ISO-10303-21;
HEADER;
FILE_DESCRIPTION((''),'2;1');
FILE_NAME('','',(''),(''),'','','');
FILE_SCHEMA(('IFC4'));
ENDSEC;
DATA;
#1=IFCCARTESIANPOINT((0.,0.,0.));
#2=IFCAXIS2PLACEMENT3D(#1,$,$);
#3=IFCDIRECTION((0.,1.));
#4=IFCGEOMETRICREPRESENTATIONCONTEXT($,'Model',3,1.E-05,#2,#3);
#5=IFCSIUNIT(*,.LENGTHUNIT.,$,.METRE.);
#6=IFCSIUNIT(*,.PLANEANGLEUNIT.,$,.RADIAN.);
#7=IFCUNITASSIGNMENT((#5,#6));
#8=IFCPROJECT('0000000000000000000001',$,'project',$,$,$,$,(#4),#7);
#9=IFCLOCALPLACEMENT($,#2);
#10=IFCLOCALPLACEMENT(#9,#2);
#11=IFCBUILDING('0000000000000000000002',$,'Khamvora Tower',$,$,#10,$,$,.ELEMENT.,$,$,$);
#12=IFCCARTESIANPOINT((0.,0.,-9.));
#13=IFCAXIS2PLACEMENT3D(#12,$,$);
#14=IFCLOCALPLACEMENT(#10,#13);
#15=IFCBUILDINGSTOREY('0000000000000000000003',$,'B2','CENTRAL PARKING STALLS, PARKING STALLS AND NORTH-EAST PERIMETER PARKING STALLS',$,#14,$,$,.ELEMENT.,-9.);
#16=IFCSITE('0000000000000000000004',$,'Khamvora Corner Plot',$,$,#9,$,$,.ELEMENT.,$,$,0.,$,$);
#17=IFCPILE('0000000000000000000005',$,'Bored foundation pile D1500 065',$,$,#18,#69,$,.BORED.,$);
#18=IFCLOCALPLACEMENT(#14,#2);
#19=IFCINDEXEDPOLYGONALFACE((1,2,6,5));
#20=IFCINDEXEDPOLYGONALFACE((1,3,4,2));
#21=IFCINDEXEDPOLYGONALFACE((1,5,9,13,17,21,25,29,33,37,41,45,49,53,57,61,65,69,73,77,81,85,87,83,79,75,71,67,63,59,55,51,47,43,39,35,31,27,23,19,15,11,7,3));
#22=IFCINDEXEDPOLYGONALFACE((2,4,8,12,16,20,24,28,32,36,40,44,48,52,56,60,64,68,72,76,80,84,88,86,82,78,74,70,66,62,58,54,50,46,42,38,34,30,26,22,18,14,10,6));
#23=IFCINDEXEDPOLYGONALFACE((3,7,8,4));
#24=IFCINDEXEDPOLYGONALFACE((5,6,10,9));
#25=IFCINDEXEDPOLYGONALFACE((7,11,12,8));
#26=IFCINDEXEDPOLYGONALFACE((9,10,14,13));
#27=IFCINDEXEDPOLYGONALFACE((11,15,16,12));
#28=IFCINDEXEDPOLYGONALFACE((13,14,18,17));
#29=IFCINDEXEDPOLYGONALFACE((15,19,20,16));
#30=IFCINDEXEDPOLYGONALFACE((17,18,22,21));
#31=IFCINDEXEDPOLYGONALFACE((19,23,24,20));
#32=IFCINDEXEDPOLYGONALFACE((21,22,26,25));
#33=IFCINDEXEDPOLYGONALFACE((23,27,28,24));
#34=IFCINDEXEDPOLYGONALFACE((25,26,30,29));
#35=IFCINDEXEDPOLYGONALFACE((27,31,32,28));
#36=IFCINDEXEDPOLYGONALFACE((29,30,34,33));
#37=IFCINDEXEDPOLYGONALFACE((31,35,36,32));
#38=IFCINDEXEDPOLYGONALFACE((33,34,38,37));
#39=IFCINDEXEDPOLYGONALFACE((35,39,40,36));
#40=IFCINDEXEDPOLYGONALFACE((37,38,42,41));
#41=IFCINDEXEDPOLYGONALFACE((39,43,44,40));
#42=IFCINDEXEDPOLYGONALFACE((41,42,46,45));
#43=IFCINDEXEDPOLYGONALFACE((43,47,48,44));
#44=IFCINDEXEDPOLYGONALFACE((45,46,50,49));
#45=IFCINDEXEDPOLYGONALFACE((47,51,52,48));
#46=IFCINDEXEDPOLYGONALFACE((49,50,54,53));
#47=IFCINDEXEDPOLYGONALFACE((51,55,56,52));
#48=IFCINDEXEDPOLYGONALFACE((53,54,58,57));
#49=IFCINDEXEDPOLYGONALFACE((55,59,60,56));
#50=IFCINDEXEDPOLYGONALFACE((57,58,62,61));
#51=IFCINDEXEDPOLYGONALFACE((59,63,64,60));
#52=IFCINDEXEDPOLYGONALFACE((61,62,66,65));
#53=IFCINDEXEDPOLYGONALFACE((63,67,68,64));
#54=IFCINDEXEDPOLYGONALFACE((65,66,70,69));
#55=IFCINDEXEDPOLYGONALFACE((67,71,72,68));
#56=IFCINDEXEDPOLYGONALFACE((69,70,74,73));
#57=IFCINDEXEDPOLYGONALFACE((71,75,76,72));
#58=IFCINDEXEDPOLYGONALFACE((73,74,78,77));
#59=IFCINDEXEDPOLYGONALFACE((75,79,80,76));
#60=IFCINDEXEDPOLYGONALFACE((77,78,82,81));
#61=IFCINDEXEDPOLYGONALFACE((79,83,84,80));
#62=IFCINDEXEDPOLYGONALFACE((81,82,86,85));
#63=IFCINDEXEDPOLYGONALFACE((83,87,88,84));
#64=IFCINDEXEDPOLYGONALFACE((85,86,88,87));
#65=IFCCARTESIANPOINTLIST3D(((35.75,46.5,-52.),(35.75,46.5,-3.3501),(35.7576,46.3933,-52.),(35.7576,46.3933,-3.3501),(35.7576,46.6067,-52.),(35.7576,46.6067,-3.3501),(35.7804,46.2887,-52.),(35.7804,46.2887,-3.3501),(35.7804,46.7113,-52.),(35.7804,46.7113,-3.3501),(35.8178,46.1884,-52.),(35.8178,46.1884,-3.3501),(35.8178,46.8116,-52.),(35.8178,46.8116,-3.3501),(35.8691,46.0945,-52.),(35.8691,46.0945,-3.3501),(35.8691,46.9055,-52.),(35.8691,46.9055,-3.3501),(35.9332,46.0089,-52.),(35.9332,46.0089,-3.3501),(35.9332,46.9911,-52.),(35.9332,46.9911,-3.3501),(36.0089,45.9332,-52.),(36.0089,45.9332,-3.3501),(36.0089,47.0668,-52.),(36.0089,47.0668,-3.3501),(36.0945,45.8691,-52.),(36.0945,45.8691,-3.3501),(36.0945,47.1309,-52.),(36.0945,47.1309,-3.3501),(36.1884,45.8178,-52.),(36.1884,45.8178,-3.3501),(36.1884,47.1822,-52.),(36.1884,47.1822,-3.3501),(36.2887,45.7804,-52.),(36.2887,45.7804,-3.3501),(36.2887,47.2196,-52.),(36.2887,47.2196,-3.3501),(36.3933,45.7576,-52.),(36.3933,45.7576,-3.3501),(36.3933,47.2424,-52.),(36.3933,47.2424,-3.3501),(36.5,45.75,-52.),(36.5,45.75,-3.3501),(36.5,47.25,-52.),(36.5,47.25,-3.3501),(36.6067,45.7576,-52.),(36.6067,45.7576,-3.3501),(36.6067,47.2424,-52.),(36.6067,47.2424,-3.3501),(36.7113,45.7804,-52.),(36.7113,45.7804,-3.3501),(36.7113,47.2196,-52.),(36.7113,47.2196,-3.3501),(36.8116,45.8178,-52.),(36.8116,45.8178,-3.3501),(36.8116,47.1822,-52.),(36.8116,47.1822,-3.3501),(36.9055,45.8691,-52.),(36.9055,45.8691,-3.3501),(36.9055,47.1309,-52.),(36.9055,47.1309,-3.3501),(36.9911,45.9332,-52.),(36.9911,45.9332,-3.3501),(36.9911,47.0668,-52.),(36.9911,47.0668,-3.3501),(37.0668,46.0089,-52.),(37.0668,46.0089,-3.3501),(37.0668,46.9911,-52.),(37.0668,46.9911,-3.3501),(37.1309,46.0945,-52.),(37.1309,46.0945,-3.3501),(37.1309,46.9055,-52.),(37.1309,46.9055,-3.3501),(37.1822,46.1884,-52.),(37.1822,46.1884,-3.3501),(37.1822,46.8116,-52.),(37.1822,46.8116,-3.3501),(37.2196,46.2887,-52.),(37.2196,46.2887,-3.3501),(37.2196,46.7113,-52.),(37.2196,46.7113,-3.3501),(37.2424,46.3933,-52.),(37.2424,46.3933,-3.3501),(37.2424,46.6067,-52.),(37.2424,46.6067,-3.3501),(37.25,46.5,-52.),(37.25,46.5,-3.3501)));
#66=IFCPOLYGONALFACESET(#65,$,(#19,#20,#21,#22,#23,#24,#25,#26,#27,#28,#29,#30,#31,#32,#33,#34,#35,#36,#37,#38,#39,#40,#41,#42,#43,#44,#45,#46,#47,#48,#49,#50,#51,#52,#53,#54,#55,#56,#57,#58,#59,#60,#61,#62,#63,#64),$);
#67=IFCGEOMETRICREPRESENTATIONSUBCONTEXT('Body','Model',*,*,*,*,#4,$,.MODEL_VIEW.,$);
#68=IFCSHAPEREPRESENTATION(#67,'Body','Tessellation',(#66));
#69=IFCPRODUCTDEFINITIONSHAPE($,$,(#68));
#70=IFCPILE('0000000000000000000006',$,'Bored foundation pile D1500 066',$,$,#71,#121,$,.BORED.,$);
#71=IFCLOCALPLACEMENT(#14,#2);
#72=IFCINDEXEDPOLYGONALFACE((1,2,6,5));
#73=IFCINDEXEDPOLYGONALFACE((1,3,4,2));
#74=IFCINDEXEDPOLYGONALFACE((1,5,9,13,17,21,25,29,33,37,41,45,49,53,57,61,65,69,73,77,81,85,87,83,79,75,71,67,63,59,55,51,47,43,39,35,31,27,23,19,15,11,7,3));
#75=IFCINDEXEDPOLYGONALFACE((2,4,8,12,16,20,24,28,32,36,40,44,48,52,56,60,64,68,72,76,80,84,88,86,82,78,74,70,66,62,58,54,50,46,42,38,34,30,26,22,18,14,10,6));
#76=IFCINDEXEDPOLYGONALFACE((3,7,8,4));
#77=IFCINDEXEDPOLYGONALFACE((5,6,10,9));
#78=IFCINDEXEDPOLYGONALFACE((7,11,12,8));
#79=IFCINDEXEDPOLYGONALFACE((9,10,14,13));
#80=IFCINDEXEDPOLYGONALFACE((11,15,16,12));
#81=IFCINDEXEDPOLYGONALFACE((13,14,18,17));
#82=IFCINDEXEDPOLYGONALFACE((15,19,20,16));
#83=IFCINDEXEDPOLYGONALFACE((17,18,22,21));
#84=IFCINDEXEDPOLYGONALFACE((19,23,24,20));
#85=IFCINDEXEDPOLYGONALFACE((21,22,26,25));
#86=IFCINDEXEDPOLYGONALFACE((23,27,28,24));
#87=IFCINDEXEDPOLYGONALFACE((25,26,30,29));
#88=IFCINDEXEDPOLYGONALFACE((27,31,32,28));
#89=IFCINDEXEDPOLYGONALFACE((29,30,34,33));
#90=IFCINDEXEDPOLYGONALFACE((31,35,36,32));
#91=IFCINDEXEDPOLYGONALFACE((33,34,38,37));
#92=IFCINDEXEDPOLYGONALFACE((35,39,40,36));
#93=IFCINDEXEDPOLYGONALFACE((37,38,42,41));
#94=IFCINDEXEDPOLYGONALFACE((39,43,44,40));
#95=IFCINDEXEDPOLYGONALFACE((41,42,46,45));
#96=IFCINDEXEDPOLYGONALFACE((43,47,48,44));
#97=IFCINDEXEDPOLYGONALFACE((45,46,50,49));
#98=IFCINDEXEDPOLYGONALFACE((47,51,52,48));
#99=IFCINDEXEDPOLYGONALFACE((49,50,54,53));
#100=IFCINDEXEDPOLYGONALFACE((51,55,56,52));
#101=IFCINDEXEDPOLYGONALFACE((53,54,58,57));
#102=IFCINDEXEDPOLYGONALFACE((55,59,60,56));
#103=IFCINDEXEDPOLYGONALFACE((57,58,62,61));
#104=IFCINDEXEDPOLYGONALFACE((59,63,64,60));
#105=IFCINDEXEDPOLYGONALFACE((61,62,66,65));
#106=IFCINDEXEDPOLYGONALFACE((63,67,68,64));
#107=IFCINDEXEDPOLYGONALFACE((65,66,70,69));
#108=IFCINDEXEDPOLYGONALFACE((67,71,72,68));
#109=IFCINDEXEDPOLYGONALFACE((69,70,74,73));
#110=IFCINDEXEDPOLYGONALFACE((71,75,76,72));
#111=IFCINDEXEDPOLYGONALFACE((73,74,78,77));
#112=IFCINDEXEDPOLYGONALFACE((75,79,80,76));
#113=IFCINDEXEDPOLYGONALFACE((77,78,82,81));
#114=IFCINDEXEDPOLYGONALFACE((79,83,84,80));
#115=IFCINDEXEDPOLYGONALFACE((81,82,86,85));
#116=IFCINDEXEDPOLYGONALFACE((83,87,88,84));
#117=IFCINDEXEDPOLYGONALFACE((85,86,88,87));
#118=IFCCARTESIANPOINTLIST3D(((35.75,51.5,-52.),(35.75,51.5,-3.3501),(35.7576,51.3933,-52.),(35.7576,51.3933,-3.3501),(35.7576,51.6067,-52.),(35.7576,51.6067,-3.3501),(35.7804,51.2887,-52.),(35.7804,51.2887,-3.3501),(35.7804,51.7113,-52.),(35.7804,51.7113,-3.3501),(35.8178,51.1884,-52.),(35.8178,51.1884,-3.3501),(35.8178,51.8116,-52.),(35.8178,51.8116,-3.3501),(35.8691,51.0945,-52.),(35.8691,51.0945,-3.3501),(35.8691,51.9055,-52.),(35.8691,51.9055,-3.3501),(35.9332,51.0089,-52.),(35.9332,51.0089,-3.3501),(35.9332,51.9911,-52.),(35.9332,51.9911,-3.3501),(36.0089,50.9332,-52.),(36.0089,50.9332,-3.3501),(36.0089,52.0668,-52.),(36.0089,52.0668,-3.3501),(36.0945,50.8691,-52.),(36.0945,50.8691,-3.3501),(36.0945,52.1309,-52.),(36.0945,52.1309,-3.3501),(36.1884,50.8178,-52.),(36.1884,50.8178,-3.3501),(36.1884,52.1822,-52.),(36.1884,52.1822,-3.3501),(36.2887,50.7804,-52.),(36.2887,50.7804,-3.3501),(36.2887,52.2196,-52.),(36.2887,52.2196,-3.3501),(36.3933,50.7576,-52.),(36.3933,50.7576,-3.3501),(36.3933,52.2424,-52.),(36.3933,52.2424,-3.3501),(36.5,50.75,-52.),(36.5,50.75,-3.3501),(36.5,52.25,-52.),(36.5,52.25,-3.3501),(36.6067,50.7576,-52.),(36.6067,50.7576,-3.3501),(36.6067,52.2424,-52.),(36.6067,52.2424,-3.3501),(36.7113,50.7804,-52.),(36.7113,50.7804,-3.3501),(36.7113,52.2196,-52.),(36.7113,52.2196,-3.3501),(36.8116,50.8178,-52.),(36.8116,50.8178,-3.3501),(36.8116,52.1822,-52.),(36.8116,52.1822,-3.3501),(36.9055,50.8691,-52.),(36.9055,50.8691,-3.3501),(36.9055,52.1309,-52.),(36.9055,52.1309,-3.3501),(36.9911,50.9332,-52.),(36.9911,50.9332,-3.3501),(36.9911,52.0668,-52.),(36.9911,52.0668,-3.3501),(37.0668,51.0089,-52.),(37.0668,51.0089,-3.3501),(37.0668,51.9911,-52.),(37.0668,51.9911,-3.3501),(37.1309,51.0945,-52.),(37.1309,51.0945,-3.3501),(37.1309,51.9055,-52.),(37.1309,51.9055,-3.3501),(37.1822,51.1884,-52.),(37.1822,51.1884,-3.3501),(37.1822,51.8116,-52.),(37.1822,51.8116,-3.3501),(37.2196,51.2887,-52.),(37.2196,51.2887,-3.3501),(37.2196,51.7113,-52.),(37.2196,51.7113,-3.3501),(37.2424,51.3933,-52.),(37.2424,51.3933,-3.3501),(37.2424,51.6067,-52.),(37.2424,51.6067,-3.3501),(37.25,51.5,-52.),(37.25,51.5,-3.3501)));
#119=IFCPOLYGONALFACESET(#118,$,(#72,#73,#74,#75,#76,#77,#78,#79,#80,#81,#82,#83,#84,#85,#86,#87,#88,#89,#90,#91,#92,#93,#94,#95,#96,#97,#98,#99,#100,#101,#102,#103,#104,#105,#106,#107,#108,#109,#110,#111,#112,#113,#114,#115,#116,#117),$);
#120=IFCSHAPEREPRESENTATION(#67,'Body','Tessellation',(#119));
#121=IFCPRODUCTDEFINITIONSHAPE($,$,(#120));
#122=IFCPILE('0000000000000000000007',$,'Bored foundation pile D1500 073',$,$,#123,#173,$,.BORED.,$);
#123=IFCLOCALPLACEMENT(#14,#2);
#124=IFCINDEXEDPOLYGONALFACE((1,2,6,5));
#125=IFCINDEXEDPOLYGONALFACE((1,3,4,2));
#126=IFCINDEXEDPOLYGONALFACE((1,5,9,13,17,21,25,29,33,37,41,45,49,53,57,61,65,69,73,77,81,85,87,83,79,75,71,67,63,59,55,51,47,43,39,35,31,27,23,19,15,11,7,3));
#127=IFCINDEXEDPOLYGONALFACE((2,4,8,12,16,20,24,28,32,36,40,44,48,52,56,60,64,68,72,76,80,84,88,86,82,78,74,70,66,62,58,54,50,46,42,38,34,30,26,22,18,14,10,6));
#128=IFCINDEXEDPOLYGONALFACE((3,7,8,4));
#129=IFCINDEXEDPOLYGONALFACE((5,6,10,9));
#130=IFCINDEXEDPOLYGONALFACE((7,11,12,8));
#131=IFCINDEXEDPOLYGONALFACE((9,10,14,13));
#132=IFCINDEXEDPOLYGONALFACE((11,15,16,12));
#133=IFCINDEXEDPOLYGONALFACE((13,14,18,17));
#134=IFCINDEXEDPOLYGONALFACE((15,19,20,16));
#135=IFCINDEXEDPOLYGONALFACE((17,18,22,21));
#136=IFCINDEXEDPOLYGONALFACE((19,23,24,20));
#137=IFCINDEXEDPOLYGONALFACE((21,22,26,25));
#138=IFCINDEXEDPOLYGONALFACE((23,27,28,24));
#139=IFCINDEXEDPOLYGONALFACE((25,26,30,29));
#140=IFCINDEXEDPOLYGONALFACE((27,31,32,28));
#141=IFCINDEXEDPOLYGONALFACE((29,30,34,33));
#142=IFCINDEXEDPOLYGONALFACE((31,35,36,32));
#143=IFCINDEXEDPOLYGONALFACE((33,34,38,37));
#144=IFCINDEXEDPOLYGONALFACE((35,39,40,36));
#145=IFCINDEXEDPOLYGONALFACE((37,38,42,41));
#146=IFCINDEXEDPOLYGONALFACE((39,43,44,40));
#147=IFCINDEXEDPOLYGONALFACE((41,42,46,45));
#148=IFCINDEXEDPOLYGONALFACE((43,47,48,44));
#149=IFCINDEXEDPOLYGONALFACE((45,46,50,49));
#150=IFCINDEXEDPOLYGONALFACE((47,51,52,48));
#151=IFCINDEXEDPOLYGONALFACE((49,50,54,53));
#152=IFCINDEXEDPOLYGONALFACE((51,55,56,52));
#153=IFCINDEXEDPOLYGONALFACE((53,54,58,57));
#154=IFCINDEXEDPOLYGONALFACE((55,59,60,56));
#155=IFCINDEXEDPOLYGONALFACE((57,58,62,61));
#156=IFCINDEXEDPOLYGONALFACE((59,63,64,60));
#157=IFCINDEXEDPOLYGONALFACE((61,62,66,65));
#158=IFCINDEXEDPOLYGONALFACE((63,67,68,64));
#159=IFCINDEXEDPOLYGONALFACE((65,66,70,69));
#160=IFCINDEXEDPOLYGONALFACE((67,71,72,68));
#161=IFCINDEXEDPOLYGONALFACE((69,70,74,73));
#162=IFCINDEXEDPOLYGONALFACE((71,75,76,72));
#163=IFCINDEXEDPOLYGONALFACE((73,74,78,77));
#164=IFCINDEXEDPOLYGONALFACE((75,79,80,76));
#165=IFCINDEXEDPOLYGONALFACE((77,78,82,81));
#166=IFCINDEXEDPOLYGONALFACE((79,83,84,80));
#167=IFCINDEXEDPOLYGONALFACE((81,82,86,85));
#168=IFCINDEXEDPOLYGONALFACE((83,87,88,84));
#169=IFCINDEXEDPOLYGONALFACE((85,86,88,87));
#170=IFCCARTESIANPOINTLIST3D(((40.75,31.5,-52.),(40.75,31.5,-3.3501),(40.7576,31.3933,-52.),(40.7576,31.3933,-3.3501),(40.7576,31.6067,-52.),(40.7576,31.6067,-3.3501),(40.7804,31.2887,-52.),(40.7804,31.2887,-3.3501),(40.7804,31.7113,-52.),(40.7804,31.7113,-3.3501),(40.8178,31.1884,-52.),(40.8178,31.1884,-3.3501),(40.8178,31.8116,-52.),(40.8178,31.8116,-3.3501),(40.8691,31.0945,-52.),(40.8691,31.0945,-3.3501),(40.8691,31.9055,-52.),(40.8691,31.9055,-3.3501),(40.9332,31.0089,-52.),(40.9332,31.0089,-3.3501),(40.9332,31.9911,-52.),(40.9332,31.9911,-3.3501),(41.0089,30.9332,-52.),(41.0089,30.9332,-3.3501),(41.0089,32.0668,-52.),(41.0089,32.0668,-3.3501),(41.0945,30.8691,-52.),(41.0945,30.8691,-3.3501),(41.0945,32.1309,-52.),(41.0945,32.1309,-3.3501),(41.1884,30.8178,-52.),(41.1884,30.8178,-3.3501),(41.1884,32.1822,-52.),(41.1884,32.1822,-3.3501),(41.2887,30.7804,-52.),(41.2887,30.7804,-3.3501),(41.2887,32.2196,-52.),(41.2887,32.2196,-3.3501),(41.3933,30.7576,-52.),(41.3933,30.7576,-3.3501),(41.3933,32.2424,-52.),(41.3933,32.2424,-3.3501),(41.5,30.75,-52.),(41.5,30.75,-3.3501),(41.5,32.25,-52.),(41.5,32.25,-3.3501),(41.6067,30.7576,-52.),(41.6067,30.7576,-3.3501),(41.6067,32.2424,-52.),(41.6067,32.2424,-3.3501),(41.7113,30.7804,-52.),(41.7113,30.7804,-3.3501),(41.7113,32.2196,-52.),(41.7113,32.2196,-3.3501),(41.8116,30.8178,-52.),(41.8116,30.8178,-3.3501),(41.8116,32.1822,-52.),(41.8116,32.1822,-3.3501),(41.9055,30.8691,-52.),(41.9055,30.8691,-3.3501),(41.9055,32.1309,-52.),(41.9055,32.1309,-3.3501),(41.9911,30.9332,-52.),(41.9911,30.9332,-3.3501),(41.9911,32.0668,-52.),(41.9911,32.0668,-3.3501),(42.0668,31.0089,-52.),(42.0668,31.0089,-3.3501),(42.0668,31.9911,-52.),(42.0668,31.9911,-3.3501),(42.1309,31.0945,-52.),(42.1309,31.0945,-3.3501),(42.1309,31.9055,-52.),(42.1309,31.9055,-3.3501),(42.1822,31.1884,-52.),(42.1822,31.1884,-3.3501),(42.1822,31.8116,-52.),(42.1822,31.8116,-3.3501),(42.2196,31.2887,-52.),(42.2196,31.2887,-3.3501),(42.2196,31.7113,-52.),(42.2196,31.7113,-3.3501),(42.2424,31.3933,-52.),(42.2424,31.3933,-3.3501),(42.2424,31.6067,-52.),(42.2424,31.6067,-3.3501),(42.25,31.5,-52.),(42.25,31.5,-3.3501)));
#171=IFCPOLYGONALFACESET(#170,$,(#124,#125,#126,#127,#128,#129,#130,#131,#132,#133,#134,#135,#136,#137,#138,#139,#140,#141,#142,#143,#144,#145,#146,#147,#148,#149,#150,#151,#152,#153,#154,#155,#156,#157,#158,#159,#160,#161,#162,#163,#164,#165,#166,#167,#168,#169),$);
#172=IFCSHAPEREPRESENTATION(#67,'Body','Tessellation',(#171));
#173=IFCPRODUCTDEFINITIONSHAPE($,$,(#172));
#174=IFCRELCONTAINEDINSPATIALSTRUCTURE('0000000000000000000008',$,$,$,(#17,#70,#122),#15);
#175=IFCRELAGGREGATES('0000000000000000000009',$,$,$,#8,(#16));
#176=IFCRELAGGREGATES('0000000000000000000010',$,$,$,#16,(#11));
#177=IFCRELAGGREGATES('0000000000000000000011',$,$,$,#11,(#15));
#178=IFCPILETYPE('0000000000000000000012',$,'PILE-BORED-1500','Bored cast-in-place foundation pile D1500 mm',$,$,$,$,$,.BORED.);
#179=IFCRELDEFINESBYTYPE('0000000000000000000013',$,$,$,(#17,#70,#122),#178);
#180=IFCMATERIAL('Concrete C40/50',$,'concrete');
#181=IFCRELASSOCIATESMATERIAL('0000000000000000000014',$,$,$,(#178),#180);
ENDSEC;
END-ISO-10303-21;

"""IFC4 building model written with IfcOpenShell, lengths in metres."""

from ifc_helpers import new_model, si_unit, direction, frame, origin, origin_2d, place, context, subcontext, project, spatial, circle, extrude, material, material_profile, profile_set, type_object, element, save


model = new_model("IFC4")

# Units and contexts
model_context = context("Model", 3, precision=1e-05, world=origin(), true_north=direction((0.0, 1.0)))
body_context = subcontext(model_context, "Body", "Model", "MODEL_VIEW")
ifc_project = project(units=[si_unit("LENGTHUNIT", "METRE"), si_unit("PLANEANGLEUNIT", "RADIAN")], contexts=[model_context])

# Site, building, storey
site_placement = place(None, origin())
site = spatial("IfcSite", under=ifc_project, at=site_placement, Name="Khamvora Corner Plot", CompositionType="ELEMENT", RefElevation=0.0)
building_placement = place(site_placement, origin())
building = spatial("IfcBuilding", under=site, at=building_placement, Name="Khamvora Tower", CompositionType="ELEMENT")
storey_placement = place(building_placement, frame((0.0, 0.0, -9.0)))
storey = spatial("IfcBuildingStorey", under=building, at=storey_placement, Name="B2", Description="CENTRAL PARKING STALLS, PARKING STALLS AND NORTH-EAST PERIMETER PARKING STALLS", CompositionType="ELEMENT", Elevation=-9.0)

# Piles
ifc_material_1 = material(Name="Concrete C40/50", Category="concrete")
ifc_material_profile_1 = material_profile(ifc_material_1, circle(Radius=0.75, at=origin_2d()), Name="PILE_D1500")
ifc_profile_set_1 = profile_set([ifc_material_profile_1], Name="Concrete C40/50")
pile_type = type_object("IfcPileType", Name="PILE-BORED-1500", Description="Bored cast-in-place foundation pile D1500 mm", PredefinedType="BORED", material=ifc_profile_set_1)
for number, where, z_axis, x_axis, name in (
    (1, (36.5, 46.5, -3.3501), (0.0, 0.0, -1.0), (1.0, 0.0, 0.0), "Bored foundation pile D1500 065"),
    (2, (36.5, 51.5, -3.3501), (0.0, 0.0, -1.0), (1.0, 0.0, 0.0), "Bored foundation pile D1500 066"),
    (3, (41.5, 31.5, -3.3501), (0.0, 0.0, -1.0), (1.0, 0.0, 0.0), "Bored foundation pile D1500 073"),
):
    element("IfcPile", number, at=place(storey_placement, frame(where, z_axis=z_axis, x_axis=x_axis)), inside=storey, type_object=pile_type, Name=name, PredefinedType="BORED", context=body_context, shape_type="SweptSolid", body=[
        extrude(circle(Radius=0.75, at=origin_2d()), origin(), (0.0, 0.0, 1.0), 48.6499),
    ])

save(model, "model.ifc")
